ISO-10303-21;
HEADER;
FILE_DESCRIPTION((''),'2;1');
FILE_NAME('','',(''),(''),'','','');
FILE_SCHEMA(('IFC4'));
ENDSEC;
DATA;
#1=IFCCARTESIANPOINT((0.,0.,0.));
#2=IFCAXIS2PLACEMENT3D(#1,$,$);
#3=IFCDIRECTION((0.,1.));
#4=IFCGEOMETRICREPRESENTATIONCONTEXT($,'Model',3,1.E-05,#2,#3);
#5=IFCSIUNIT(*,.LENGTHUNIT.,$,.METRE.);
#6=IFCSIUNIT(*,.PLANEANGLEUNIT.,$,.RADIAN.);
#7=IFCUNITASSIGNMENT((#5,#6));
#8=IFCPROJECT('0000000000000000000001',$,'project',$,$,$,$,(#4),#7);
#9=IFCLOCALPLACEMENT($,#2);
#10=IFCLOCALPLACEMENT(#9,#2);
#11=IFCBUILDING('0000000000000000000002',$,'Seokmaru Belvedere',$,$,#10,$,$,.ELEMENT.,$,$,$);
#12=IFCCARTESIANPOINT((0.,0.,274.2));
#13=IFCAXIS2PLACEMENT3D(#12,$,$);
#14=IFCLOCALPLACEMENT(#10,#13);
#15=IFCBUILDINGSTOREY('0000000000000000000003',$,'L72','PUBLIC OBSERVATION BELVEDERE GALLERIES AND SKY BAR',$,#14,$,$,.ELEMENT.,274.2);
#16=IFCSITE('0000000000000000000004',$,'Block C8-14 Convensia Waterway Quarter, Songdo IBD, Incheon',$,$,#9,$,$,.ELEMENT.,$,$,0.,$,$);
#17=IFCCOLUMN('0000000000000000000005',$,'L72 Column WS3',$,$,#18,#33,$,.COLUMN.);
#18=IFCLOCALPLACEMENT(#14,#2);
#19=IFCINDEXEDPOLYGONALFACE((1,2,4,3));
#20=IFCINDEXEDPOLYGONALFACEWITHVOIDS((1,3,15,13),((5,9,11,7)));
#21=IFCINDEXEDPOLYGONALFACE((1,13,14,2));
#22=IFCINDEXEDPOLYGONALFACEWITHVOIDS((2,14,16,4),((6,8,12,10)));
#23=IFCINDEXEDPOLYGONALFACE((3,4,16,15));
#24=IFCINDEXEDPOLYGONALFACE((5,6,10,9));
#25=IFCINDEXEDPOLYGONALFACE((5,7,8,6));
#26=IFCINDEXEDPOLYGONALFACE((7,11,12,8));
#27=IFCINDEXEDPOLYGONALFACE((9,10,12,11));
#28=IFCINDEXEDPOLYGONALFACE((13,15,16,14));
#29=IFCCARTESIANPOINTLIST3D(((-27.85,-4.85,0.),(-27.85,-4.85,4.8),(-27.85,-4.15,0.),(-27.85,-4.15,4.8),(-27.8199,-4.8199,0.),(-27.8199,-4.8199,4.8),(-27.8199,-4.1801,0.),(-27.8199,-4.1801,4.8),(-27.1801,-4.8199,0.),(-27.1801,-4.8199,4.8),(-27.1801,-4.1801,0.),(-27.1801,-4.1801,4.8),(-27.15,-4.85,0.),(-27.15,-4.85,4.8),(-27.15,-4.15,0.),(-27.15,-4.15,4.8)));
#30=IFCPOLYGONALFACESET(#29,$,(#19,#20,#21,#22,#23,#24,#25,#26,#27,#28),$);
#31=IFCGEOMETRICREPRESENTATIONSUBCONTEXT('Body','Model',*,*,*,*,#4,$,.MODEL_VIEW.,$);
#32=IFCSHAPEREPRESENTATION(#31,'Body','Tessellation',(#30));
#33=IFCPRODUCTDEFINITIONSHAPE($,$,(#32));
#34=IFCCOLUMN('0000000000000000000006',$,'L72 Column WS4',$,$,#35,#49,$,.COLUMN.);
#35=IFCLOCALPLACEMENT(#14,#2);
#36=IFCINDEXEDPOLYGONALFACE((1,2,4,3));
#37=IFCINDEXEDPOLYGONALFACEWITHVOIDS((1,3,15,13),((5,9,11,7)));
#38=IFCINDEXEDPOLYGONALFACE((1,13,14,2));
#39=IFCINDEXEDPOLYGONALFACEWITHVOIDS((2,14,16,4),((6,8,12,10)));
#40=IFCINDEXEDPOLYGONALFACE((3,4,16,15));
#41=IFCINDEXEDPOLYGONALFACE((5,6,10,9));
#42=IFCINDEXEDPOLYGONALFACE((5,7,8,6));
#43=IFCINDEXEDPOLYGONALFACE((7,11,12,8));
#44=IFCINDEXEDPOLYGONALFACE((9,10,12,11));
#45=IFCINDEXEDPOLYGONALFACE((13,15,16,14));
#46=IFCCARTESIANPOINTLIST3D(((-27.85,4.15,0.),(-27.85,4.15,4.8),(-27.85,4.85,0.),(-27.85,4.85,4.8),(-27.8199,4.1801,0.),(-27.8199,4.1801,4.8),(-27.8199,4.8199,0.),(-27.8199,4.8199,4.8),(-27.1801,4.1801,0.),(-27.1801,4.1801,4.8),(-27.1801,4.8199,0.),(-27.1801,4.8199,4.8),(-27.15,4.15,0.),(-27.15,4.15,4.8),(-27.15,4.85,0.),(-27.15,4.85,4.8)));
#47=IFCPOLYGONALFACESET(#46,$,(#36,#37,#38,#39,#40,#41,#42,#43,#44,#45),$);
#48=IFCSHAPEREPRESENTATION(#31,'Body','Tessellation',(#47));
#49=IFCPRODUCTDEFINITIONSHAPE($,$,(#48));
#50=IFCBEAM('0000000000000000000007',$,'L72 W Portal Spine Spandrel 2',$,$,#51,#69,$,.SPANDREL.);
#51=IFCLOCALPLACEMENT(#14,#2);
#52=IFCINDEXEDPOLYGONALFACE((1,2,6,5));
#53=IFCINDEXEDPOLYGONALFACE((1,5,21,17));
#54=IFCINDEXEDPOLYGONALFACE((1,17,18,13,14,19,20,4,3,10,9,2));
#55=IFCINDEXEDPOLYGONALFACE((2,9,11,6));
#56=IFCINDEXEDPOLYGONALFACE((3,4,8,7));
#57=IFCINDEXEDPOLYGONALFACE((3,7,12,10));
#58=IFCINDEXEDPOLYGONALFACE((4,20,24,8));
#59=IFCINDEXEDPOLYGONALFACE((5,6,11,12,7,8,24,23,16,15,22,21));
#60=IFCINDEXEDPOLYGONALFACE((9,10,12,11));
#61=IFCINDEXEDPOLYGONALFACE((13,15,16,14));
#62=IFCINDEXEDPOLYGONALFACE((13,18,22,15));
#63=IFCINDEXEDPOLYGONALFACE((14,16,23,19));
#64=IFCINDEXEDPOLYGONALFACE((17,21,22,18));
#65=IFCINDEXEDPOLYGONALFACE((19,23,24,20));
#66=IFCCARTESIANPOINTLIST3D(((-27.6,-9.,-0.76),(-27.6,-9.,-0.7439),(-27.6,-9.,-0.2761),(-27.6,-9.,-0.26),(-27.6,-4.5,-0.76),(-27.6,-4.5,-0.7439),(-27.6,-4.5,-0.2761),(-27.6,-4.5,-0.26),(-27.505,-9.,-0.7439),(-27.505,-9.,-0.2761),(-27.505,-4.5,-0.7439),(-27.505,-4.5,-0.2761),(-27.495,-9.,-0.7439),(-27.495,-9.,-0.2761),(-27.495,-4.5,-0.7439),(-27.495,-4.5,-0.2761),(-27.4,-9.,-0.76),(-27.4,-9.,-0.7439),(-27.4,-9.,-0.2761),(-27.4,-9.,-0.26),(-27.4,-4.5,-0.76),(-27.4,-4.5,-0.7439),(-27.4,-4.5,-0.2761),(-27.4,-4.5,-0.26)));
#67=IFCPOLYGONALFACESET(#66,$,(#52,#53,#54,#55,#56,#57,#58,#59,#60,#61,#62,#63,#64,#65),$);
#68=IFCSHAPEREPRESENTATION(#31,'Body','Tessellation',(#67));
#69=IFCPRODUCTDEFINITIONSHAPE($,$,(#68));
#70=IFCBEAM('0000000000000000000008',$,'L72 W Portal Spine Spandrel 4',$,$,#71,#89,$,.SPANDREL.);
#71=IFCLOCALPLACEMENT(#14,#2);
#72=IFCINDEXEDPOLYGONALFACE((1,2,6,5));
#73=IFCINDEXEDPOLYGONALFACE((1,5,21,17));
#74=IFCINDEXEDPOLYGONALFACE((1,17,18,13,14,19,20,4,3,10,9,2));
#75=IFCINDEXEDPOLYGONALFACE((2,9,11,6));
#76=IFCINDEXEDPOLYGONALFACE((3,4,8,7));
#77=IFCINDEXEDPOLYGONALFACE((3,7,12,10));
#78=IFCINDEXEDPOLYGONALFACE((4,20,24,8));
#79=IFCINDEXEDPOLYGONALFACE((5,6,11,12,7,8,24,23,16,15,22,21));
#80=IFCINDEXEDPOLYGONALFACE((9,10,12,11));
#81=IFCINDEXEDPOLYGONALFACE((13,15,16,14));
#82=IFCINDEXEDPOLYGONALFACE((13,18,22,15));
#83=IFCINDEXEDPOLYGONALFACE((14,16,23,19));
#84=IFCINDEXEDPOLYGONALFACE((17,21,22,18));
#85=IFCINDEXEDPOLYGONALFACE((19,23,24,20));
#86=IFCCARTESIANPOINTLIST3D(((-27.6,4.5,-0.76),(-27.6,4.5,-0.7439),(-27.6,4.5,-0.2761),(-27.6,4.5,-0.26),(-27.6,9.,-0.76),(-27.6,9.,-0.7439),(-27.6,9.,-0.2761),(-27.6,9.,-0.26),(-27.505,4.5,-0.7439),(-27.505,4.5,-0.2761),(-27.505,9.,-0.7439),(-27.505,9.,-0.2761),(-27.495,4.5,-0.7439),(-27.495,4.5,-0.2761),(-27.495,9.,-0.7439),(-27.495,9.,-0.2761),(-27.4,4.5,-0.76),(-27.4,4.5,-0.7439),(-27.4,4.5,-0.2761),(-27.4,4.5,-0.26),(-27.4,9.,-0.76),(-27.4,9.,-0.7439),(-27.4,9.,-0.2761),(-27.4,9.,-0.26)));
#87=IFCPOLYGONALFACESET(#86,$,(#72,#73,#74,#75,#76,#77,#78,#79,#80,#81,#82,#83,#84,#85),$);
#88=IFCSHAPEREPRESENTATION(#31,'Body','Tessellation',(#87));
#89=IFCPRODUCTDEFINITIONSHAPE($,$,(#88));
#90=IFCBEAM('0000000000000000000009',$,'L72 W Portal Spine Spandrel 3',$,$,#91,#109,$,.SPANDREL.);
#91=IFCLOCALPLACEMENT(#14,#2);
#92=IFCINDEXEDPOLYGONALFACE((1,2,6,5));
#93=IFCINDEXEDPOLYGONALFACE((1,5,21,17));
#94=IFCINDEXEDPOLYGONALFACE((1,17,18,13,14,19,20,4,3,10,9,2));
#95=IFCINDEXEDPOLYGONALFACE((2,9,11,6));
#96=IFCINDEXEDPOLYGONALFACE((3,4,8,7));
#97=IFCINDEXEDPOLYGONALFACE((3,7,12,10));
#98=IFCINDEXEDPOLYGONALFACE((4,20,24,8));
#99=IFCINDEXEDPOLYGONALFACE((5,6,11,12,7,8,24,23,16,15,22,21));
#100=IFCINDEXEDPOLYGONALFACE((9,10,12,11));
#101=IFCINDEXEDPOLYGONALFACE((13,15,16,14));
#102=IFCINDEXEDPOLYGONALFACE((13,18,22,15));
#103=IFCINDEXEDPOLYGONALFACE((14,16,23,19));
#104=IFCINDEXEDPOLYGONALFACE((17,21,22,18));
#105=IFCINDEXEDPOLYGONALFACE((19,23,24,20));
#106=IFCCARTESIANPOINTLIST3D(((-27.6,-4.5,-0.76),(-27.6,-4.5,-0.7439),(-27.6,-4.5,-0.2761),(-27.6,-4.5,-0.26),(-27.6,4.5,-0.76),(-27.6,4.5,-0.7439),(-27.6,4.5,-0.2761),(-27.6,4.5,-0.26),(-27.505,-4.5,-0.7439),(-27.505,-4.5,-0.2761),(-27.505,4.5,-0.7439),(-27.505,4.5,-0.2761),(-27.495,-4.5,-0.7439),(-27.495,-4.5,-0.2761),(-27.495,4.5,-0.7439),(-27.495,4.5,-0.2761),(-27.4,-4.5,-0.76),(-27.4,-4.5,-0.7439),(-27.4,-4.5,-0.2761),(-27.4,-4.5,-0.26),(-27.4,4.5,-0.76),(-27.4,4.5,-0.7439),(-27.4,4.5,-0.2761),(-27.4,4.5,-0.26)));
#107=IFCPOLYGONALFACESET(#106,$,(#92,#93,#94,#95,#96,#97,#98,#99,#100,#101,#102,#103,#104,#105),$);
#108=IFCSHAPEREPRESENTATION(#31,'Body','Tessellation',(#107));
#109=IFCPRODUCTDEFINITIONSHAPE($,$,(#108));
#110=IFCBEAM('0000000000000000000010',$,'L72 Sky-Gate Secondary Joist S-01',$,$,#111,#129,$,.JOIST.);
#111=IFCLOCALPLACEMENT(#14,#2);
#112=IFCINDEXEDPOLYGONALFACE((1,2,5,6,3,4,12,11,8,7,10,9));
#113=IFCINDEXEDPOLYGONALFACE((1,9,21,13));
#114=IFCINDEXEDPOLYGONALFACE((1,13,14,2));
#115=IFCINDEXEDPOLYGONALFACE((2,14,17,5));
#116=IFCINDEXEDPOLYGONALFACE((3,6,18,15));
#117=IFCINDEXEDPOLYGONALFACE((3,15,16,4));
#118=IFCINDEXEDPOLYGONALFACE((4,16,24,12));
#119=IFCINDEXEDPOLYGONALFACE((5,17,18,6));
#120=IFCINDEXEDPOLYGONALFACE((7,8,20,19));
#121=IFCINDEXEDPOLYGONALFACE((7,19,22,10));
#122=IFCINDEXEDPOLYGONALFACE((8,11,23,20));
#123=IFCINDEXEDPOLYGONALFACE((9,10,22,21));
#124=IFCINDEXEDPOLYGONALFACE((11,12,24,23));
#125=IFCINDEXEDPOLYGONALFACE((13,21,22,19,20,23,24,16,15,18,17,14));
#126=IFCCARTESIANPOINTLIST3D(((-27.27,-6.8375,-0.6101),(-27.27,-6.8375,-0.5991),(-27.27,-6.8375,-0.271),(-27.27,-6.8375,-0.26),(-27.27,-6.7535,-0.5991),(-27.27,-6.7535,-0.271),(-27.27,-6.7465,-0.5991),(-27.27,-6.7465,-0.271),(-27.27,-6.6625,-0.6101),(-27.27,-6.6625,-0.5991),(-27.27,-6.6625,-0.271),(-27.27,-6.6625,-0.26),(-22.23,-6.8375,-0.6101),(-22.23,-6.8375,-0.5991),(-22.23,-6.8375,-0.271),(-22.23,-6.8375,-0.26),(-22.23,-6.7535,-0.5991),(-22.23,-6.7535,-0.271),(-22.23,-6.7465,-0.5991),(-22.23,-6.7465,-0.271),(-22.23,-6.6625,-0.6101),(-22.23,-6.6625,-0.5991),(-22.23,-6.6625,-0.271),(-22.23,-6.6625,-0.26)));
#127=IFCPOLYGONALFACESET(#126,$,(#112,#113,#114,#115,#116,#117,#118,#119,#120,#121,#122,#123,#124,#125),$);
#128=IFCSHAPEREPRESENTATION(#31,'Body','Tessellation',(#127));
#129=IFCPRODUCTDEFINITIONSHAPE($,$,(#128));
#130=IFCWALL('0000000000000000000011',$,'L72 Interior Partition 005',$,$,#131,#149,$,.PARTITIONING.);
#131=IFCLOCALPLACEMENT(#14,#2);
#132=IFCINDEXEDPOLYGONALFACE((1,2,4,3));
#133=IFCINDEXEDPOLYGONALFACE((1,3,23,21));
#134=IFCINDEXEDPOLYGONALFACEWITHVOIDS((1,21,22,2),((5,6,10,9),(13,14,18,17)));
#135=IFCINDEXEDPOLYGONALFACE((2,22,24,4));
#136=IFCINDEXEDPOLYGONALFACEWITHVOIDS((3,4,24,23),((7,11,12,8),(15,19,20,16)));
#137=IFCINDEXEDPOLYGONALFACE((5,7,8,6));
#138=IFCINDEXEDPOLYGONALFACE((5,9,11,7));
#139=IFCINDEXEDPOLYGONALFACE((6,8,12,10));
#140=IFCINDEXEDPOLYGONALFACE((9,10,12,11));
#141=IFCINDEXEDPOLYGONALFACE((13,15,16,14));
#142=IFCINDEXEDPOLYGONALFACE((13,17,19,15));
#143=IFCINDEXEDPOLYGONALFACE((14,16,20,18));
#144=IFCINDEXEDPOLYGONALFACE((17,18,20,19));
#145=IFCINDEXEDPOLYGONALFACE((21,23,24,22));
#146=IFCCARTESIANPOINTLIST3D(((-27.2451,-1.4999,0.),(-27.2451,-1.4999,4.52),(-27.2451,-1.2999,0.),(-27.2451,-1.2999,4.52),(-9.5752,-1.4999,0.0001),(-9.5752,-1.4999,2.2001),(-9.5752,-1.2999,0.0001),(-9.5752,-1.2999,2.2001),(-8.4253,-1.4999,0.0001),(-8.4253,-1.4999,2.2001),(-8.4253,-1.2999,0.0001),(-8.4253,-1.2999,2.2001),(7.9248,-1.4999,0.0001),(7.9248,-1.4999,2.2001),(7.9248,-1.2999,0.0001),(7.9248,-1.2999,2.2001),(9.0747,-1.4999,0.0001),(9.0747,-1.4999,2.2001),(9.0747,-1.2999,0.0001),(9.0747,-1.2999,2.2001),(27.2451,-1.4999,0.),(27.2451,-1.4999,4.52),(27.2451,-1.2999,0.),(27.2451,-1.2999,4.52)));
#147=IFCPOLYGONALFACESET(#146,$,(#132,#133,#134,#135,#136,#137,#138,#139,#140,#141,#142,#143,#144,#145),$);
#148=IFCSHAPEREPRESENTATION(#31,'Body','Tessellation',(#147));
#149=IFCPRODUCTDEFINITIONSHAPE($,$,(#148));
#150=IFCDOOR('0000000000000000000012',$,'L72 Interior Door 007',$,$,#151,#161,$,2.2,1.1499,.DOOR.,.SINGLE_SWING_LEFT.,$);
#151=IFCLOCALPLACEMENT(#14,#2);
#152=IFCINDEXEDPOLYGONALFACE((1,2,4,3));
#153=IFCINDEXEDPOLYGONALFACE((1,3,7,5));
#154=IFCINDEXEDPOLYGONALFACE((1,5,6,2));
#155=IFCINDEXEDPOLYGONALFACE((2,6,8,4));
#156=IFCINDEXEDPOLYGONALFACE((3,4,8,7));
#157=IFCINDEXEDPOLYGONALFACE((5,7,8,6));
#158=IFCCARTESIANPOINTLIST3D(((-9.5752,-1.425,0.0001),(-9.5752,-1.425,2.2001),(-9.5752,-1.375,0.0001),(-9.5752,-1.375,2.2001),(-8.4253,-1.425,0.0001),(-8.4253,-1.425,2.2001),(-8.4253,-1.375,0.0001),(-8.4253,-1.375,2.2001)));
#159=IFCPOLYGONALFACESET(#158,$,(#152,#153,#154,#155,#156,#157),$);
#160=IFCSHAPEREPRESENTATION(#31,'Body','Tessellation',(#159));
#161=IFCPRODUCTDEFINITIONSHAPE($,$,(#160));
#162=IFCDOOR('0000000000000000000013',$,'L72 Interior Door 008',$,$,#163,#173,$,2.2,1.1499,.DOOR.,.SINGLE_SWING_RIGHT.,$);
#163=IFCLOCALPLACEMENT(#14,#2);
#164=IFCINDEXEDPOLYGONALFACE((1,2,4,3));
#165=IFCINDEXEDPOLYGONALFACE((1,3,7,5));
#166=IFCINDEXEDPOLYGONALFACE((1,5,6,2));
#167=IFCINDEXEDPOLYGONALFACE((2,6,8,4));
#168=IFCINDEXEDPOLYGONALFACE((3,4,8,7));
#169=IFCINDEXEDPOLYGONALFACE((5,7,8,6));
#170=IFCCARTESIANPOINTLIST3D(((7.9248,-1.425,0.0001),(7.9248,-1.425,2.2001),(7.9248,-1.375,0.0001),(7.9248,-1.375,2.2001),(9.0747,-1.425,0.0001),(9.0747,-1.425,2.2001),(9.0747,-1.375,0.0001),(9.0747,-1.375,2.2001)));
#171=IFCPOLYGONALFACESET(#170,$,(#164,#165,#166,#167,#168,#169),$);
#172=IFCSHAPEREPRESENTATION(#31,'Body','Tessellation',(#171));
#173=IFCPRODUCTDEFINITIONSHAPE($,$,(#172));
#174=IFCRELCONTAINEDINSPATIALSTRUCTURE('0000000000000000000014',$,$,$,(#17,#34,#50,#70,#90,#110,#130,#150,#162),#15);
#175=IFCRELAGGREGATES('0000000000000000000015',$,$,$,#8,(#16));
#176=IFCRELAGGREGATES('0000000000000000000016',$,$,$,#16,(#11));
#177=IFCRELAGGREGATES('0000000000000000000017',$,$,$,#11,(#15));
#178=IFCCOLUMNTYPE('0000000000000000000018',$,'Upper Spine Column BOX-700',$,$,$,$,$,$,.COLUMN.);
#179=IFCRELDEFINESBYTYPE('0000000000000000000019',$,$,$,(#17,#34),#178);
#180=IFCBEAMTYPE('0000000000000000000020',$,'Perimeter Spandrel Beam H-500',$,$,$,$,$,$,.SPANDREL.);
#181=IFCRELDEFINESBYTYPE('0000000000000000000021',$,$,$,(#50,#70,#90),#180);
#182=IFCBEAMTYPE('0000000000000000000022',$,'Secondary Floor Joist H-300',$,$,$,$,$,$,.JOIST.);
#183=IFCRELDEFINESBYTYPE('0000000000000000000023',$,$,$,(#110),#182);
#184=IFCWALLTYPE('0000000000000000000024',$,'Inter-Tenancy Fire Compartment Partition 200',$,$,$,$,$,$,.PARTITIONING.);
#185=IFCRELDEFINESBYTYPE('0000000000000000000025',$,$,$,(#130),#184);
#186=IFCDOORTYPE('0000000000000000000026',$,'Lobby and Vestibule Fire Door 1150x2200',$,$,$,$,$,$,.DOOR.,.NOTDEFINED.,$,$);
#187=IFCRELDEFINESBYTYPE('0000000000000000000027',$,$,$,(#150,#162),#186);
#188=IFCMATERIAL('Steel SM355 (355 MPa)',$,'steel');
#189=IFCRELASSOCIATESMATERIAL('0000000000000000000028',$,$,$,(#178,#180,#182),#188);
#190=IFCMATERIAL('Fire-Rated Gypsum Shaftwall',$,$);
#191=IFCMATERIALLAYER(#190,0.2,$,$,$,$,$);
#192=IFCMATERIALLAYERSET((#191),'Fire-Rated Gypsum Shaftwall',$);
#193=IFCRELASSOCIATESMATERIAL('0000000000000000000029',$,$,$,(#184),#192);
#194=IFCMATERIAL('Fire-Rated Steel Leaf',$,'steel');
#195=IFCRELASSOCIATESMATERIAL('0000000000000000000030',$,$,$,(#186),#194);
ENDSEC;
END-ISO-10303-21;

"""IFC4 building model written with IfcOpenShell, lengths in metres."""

from ifc_helpers import new_model, si_unit, direction, frame, frame_2d, origin, origin_2d, place, context, subcontext, project, spatial, rectangle, hollow_rectangle, i_section, extrude, source, transform, mapped, material, layer, layer_set, material_profile, profile_set, type_object, type_shapes, element, fill, save


model = new_model("IFC4")

# Units and contexts
model_context = context("Model", 3, precision=1e-05, world=origin(), true_north=direction((0.0, 1.0)))
body_context = subcontext(model_context, "Body", "Model", "MODEL_VIEW")
ifc_project = project(units=[si_unit("LENGTHUNIT", "METRE"), si_unit("PLANEANGLEUNIT", "RADIAN")], contexts=[model_context])

# Site, building, storey
site_placement = place(None, origin())
site = spatial("IfcSite", under=ifc_project, at=site_placement, Name="Block C8-14 Convensia Waterway Quarter, Songdo IBD, Incheon", CompositionType="ELEMENT", RefElevation=0.0)
building_placement = place(site_placement, origin())
building = spatial("IfcBuilding", under=site, at=building_placement, Name="Seokmaru Belvedere", CompositionType="ELEMENT")
storey_placement = place(building_placement, frame((0.0, 0.0, 274.2)))
storey = spatial("IfcBuildingStorey", under=building, at=storey_placement, Name="L72", Description="PUBLIC OBSERVATION BELVEDERE GALLERIES AND SKY BAR", CompositionType="ELEMENT", Elevation=274.2)

# Columns
ifc_material_1 = material(Name="Steel SM355 (355 MPa)", Category="steel")
ifc_material_profile_1 = material_profile(ifc_material_1, hollow_rectangle(XDim=0.7, YDim=0.7, WallThickness=0.03, at=origin_2d()), Name="BOX-700x700x30")
ifc_profile_set_1 = profile_set([ifc_material_profile_1], Name="Steel SM355 (355 MPa)")
column_type = type_object("IfcColumnType", Name="Upper Spine Column BOX-700", PredefinedType="COLUMN", material=ifc_profile_set_1)
shared_shape_1 = source(origin(), body_context, "Body", "SweptSolid", [
    extrude(hollow_rectangle(XDim=0.7, YDim=0.7, WallThickness=0.03, at=origin_2d()), origin(), (0.0, 0.0, 1.0), 4.8),
])
type_shapes(column_type, [shared_shape_1])
for number, where, z_axis, x_axis, name in (
    (1, (-27.5, -4.5, 0.0), (0.0, 0.0, 1.0), (1.0, 0.0, 0.0), "L72 Column WS3"),
    (2, (-27.5, 4.5, 0.0), (0.0, 0.0, 1.0), (1.0, 0.0, 0.0), "L72 Column WS4"),
):
    element("IfcColumn", number, at=place(storey_placement, frame(where, z_axis=z_axis, x_axis=x_axis)), inside=storey, type_object=column_type, Name=name, PredefinedType="COLUMN", context=body_context, shape_type="MappedRepresentation", body=[
        mapped(shared_shape_1, transform((0.0, 0.0, 0.0), scale=1.0)),
    ])

# Beams
ifc_material_profile_2 = material_profile(ifc_material_1, i_section(OverallWidth=0.2, OverallDepth=0.5, WebThickness=0.01, FlangeThickness=0.0161, at=origin_2d()), Name="H-500x200x10x16")
ifc_profile_set_2 = profile_set([ifc_material_profile_2], Name="Steel SM355 (355 MPa)")
beam_type_1 = type_object("IfcBeamType", Name="Perimeter Spandrel Beam H-500", PredefinedType="SPANDREL", material=ifc_profile_set_2)
shared_shape_2 = source(origin(), body_context, "Body", "SweptSolid", [
    extrude(i_section(OverallWidth=0.2, OverallDepth=0.5, WebThickness=0.01, FlangeThickness=0.0161, at=origin_2d()), origin(), (0.0, 0.0, 1.0), 4.5),
])
for number, where, z_axis, x_axis, name in (
    (3, (-27.5, -9.0, -0.51), (0.0, 1.0, 0.0), (-1.0, 0.0, 0.0), "L72 W Portal Spine Spandrel 2"),
    (4, (-27.5, 4.5, -0.51), (0.0, 1.0, 0.0), (-1.0, 0.0, 0.0), "L72 W Portal Spine Spandrel 4"),
):
    element("IfcBeam", number, at=place(storey_placement, frame(where, z_axis=z_axis, x_axis=x_axis)), inside=storey, type_object=beam_type_1, Name=name, PredefinedType="SPANDREL", context=body_context, shape_type="MappedRepresentation", body=[
        mapped(shared_shape_2, transform((0.0, 0.0, 0.0), scale=1.0)),
    ])
shared_shape_3 = source(origin(), body_context, "Body", "SweptSolid", [
    extrude(i_section(OverallWidth=0.2, OverallDepth=0.5, WebThickness=0.01, FlangeThickness=0.0161, at=origin_2d()), origin(), (0.0, 0.0, 1.0), 9.0),
])
type_shapes(beam_type_1, [shared_shape_2, shared_shape_3])
beam_1_placement = place(storey_placement, frame((-27.5, -4.5, -0.51), z_axis=(0.0, 1.0, 0.0), x_axis=(-1.0, 0.0, 0.0)))
element("IfcBeam", 5, at=beam_1_placement, inside=storey, type_object=beam_type_1, Name="L72 W Portal Spine Spandrel 3", PredefinedType="SPANDREL", context=body_context, shape_type="MappedRepresentation", body=[
    mapped(shared_shape_3, transform((0.0, 0.0, 0.0), scale=1.0)),
])
ifc_material_profile_3 = material_profile(ifc_material_1, i_section(OverallWidth=0.175, OverallDepth=0.3501, WebThickness=0.0071, FlangeThickness=0.011, at=origin_2d()), Name="H-350x175x7x11")
ifc_profile_set_3 = profile_set([ifc_material_profile_3], Name="Steel SM355 (355 MPa)")
beam_type_2 = type_object("IfcBeamType", Name="Secondary Floor Joist H-300", PredefinedType="JOIST", material=ifc_profile_set_3)
shared_shape_4 = source(origin(), body_context, "Body", "SweptSolid", [
    extrude(i_section(OverallWidth=0.175, OverallDepth=0.3501, WebThickness=0.0071, FlangeThickness=0.011, at=origin_2d()), origin(), (0.0, 0.0, 1.0), 5.04),
])
type_shapes(beam_type_2, [shared_shape_4])
beam_2_placement = place(storey_placement, frame((-27.27, -6.75, -0.4351), z_axis=(1.0, 0.0, 0.0), x_axis=(0.0, 1.0, 0.0)))
element("IfcBeam", 6, at=beam_2_placement, inside=storey, type_object=beam_type_2, Name="L72 Sky-Gate Secondary Joist S-01", PredefinedType="JOIST", context=body_context, shape_type="MappedRepresentation", body=[
    mapped(shared_shape_4, transform((0.0, 0.0, 0.0), scale=1.0)),
])

# Wall, openings, doors
ifc_material_2 = material(Name="Fire-Rated Gypsum Shaftwall")
ifc_layer_1 = layer(ifc_material_2, 0.2)
ifc_layer_set_1 = layer_set([ifc_layer_1], Name="Fire-Rated Gypsum Shaftwall")
wall_type_1 = type_object("IfcWallType", Name="Inter-Tenancy Fire Compartment Partition 200", PredefinedType="PARTITIONING", material=ifc_layer_set_1)
wall_1_placement = place(storey_placement, frame((-27.2451, -1.3999, 0.0), z_axis=(0.0, 0.0, 1.0), x_axis=(1.0, 0.0, 0.0)))
wall_1 = element("IfcWall", 7, at=wall_1_placement, inside=storey, type_object=wall_type_1, Name="L72 Interior Partition 005", PredefinedType="PARTITIONING", context=body_context, shape_type="SweptSolid", body=[
    extrude(rectangle(XDim=54.4902, YDim=0.2, at=frame_2d((27.2451, 0.0))), origin(), (0.0, 0.0, 1.0), 4.52),
])
opening_1_placement = place(wall_1_placement, frame((17.6699, 0.0, 0.0)))
opening_1 = element("IfcOpeningElement", 8, at=opening_1_placement, cuts=wall_1, PredefinedType="OPENING", context=body_context, shape_type="SweptSolid", body=[
    extrude(rectangle(XDim=1.1499, YDim=2.2, at=frame_2d((0.575, 1.1001))), frame((0.0, 0.1099, 0.0), z_axis=(0.0, -1.0, 0.0), x_axis=(1.0, 0.0, 0.0)), (0.0, 0.0, 1.0), 0.22),
])
opening_2_placement = place(wall_1_placement, frame((35.1699, 0.0, 0.0)))
opening_2 = element("IfcOpeningElement", 9, at=opening_2_placement, cuts=wall_1, PredefinedType="OPENING", context=body_context, shape_type="SweptSolid", body=[
    extrude(rectangle(XDim=1.1499, YDim=2.2, at=frame_2d((0.575, 1.1001))), frame((0.0, 0.1099, 0.0), z_axis=(0.0, -1.0, 0.0), x_axis=(1.0, 0.0, 0.0)), (0.0, 0.0, 1.0), 0.22),
])
ifc_material_3 = material(Name="Fire-Rated Steel Leaf", Category="steel")
door_type_1 = type_object("IfcDoorType", Name="Lobby and Vestibule Fire Door 1150x2200", OperationType="NOTDEFINED", PredefinedType="DOOR", material=ifc_material_3)
shared_shape_5 = source(origin(), body_context, "Body", "SweptSolid", [
    extrude(rectangle(XDim=1.1499, YDim=2.2, at=frame_2d((0.575, 1.1001))), frame((0.0, 0.0249, 0.0), z_axis=(0.0, -1.0, 0.0), x_axis=(1.0, 0.0, 0.0)), (0.0, 0.0, 1.0), 0.05),
])
type_shapes(door_type_1, [shared_shape_5])
door_1_placement = place(opening_1_placement, origin())
door_1 = element("IfcDoor", 10, at=door_1_placement, inside=storey, type_object=door_type_1, Name="L72 Interior Door 007", OperationType="SINGLE_SWING_LEFT", OverallHeight=2.2, OverallWidth=1.1499, PredefinedType="DOOR", context=body_context, shape_type="MappedRepresentation", body=[
    mapped(shared_shape_5, transform((0.0, 0.0, 0.0), scale=1.0)),
])
fill(opening_1, door_1)
door_2_placement = place(opening_2_placement, origin())
door_2 = element("IfcDoor", 11, at=door_2_placement, inside=storey, type_object=door_type_1, Name="L72 Interior Door 008", OperationType="SINGLE_SWING_RIGHT", OverallHeight=2.2, OverallWidth=1.1499, PredefinedType="DOOR", context=body_context, shape_type="MappedRepresentation", body=[
    mapped(shared_shape_5, transform((0.0, 0.0, 0.0), scale=1.0)),
])
fill(opening_2, door_2)

save(model, "model.ifc")
